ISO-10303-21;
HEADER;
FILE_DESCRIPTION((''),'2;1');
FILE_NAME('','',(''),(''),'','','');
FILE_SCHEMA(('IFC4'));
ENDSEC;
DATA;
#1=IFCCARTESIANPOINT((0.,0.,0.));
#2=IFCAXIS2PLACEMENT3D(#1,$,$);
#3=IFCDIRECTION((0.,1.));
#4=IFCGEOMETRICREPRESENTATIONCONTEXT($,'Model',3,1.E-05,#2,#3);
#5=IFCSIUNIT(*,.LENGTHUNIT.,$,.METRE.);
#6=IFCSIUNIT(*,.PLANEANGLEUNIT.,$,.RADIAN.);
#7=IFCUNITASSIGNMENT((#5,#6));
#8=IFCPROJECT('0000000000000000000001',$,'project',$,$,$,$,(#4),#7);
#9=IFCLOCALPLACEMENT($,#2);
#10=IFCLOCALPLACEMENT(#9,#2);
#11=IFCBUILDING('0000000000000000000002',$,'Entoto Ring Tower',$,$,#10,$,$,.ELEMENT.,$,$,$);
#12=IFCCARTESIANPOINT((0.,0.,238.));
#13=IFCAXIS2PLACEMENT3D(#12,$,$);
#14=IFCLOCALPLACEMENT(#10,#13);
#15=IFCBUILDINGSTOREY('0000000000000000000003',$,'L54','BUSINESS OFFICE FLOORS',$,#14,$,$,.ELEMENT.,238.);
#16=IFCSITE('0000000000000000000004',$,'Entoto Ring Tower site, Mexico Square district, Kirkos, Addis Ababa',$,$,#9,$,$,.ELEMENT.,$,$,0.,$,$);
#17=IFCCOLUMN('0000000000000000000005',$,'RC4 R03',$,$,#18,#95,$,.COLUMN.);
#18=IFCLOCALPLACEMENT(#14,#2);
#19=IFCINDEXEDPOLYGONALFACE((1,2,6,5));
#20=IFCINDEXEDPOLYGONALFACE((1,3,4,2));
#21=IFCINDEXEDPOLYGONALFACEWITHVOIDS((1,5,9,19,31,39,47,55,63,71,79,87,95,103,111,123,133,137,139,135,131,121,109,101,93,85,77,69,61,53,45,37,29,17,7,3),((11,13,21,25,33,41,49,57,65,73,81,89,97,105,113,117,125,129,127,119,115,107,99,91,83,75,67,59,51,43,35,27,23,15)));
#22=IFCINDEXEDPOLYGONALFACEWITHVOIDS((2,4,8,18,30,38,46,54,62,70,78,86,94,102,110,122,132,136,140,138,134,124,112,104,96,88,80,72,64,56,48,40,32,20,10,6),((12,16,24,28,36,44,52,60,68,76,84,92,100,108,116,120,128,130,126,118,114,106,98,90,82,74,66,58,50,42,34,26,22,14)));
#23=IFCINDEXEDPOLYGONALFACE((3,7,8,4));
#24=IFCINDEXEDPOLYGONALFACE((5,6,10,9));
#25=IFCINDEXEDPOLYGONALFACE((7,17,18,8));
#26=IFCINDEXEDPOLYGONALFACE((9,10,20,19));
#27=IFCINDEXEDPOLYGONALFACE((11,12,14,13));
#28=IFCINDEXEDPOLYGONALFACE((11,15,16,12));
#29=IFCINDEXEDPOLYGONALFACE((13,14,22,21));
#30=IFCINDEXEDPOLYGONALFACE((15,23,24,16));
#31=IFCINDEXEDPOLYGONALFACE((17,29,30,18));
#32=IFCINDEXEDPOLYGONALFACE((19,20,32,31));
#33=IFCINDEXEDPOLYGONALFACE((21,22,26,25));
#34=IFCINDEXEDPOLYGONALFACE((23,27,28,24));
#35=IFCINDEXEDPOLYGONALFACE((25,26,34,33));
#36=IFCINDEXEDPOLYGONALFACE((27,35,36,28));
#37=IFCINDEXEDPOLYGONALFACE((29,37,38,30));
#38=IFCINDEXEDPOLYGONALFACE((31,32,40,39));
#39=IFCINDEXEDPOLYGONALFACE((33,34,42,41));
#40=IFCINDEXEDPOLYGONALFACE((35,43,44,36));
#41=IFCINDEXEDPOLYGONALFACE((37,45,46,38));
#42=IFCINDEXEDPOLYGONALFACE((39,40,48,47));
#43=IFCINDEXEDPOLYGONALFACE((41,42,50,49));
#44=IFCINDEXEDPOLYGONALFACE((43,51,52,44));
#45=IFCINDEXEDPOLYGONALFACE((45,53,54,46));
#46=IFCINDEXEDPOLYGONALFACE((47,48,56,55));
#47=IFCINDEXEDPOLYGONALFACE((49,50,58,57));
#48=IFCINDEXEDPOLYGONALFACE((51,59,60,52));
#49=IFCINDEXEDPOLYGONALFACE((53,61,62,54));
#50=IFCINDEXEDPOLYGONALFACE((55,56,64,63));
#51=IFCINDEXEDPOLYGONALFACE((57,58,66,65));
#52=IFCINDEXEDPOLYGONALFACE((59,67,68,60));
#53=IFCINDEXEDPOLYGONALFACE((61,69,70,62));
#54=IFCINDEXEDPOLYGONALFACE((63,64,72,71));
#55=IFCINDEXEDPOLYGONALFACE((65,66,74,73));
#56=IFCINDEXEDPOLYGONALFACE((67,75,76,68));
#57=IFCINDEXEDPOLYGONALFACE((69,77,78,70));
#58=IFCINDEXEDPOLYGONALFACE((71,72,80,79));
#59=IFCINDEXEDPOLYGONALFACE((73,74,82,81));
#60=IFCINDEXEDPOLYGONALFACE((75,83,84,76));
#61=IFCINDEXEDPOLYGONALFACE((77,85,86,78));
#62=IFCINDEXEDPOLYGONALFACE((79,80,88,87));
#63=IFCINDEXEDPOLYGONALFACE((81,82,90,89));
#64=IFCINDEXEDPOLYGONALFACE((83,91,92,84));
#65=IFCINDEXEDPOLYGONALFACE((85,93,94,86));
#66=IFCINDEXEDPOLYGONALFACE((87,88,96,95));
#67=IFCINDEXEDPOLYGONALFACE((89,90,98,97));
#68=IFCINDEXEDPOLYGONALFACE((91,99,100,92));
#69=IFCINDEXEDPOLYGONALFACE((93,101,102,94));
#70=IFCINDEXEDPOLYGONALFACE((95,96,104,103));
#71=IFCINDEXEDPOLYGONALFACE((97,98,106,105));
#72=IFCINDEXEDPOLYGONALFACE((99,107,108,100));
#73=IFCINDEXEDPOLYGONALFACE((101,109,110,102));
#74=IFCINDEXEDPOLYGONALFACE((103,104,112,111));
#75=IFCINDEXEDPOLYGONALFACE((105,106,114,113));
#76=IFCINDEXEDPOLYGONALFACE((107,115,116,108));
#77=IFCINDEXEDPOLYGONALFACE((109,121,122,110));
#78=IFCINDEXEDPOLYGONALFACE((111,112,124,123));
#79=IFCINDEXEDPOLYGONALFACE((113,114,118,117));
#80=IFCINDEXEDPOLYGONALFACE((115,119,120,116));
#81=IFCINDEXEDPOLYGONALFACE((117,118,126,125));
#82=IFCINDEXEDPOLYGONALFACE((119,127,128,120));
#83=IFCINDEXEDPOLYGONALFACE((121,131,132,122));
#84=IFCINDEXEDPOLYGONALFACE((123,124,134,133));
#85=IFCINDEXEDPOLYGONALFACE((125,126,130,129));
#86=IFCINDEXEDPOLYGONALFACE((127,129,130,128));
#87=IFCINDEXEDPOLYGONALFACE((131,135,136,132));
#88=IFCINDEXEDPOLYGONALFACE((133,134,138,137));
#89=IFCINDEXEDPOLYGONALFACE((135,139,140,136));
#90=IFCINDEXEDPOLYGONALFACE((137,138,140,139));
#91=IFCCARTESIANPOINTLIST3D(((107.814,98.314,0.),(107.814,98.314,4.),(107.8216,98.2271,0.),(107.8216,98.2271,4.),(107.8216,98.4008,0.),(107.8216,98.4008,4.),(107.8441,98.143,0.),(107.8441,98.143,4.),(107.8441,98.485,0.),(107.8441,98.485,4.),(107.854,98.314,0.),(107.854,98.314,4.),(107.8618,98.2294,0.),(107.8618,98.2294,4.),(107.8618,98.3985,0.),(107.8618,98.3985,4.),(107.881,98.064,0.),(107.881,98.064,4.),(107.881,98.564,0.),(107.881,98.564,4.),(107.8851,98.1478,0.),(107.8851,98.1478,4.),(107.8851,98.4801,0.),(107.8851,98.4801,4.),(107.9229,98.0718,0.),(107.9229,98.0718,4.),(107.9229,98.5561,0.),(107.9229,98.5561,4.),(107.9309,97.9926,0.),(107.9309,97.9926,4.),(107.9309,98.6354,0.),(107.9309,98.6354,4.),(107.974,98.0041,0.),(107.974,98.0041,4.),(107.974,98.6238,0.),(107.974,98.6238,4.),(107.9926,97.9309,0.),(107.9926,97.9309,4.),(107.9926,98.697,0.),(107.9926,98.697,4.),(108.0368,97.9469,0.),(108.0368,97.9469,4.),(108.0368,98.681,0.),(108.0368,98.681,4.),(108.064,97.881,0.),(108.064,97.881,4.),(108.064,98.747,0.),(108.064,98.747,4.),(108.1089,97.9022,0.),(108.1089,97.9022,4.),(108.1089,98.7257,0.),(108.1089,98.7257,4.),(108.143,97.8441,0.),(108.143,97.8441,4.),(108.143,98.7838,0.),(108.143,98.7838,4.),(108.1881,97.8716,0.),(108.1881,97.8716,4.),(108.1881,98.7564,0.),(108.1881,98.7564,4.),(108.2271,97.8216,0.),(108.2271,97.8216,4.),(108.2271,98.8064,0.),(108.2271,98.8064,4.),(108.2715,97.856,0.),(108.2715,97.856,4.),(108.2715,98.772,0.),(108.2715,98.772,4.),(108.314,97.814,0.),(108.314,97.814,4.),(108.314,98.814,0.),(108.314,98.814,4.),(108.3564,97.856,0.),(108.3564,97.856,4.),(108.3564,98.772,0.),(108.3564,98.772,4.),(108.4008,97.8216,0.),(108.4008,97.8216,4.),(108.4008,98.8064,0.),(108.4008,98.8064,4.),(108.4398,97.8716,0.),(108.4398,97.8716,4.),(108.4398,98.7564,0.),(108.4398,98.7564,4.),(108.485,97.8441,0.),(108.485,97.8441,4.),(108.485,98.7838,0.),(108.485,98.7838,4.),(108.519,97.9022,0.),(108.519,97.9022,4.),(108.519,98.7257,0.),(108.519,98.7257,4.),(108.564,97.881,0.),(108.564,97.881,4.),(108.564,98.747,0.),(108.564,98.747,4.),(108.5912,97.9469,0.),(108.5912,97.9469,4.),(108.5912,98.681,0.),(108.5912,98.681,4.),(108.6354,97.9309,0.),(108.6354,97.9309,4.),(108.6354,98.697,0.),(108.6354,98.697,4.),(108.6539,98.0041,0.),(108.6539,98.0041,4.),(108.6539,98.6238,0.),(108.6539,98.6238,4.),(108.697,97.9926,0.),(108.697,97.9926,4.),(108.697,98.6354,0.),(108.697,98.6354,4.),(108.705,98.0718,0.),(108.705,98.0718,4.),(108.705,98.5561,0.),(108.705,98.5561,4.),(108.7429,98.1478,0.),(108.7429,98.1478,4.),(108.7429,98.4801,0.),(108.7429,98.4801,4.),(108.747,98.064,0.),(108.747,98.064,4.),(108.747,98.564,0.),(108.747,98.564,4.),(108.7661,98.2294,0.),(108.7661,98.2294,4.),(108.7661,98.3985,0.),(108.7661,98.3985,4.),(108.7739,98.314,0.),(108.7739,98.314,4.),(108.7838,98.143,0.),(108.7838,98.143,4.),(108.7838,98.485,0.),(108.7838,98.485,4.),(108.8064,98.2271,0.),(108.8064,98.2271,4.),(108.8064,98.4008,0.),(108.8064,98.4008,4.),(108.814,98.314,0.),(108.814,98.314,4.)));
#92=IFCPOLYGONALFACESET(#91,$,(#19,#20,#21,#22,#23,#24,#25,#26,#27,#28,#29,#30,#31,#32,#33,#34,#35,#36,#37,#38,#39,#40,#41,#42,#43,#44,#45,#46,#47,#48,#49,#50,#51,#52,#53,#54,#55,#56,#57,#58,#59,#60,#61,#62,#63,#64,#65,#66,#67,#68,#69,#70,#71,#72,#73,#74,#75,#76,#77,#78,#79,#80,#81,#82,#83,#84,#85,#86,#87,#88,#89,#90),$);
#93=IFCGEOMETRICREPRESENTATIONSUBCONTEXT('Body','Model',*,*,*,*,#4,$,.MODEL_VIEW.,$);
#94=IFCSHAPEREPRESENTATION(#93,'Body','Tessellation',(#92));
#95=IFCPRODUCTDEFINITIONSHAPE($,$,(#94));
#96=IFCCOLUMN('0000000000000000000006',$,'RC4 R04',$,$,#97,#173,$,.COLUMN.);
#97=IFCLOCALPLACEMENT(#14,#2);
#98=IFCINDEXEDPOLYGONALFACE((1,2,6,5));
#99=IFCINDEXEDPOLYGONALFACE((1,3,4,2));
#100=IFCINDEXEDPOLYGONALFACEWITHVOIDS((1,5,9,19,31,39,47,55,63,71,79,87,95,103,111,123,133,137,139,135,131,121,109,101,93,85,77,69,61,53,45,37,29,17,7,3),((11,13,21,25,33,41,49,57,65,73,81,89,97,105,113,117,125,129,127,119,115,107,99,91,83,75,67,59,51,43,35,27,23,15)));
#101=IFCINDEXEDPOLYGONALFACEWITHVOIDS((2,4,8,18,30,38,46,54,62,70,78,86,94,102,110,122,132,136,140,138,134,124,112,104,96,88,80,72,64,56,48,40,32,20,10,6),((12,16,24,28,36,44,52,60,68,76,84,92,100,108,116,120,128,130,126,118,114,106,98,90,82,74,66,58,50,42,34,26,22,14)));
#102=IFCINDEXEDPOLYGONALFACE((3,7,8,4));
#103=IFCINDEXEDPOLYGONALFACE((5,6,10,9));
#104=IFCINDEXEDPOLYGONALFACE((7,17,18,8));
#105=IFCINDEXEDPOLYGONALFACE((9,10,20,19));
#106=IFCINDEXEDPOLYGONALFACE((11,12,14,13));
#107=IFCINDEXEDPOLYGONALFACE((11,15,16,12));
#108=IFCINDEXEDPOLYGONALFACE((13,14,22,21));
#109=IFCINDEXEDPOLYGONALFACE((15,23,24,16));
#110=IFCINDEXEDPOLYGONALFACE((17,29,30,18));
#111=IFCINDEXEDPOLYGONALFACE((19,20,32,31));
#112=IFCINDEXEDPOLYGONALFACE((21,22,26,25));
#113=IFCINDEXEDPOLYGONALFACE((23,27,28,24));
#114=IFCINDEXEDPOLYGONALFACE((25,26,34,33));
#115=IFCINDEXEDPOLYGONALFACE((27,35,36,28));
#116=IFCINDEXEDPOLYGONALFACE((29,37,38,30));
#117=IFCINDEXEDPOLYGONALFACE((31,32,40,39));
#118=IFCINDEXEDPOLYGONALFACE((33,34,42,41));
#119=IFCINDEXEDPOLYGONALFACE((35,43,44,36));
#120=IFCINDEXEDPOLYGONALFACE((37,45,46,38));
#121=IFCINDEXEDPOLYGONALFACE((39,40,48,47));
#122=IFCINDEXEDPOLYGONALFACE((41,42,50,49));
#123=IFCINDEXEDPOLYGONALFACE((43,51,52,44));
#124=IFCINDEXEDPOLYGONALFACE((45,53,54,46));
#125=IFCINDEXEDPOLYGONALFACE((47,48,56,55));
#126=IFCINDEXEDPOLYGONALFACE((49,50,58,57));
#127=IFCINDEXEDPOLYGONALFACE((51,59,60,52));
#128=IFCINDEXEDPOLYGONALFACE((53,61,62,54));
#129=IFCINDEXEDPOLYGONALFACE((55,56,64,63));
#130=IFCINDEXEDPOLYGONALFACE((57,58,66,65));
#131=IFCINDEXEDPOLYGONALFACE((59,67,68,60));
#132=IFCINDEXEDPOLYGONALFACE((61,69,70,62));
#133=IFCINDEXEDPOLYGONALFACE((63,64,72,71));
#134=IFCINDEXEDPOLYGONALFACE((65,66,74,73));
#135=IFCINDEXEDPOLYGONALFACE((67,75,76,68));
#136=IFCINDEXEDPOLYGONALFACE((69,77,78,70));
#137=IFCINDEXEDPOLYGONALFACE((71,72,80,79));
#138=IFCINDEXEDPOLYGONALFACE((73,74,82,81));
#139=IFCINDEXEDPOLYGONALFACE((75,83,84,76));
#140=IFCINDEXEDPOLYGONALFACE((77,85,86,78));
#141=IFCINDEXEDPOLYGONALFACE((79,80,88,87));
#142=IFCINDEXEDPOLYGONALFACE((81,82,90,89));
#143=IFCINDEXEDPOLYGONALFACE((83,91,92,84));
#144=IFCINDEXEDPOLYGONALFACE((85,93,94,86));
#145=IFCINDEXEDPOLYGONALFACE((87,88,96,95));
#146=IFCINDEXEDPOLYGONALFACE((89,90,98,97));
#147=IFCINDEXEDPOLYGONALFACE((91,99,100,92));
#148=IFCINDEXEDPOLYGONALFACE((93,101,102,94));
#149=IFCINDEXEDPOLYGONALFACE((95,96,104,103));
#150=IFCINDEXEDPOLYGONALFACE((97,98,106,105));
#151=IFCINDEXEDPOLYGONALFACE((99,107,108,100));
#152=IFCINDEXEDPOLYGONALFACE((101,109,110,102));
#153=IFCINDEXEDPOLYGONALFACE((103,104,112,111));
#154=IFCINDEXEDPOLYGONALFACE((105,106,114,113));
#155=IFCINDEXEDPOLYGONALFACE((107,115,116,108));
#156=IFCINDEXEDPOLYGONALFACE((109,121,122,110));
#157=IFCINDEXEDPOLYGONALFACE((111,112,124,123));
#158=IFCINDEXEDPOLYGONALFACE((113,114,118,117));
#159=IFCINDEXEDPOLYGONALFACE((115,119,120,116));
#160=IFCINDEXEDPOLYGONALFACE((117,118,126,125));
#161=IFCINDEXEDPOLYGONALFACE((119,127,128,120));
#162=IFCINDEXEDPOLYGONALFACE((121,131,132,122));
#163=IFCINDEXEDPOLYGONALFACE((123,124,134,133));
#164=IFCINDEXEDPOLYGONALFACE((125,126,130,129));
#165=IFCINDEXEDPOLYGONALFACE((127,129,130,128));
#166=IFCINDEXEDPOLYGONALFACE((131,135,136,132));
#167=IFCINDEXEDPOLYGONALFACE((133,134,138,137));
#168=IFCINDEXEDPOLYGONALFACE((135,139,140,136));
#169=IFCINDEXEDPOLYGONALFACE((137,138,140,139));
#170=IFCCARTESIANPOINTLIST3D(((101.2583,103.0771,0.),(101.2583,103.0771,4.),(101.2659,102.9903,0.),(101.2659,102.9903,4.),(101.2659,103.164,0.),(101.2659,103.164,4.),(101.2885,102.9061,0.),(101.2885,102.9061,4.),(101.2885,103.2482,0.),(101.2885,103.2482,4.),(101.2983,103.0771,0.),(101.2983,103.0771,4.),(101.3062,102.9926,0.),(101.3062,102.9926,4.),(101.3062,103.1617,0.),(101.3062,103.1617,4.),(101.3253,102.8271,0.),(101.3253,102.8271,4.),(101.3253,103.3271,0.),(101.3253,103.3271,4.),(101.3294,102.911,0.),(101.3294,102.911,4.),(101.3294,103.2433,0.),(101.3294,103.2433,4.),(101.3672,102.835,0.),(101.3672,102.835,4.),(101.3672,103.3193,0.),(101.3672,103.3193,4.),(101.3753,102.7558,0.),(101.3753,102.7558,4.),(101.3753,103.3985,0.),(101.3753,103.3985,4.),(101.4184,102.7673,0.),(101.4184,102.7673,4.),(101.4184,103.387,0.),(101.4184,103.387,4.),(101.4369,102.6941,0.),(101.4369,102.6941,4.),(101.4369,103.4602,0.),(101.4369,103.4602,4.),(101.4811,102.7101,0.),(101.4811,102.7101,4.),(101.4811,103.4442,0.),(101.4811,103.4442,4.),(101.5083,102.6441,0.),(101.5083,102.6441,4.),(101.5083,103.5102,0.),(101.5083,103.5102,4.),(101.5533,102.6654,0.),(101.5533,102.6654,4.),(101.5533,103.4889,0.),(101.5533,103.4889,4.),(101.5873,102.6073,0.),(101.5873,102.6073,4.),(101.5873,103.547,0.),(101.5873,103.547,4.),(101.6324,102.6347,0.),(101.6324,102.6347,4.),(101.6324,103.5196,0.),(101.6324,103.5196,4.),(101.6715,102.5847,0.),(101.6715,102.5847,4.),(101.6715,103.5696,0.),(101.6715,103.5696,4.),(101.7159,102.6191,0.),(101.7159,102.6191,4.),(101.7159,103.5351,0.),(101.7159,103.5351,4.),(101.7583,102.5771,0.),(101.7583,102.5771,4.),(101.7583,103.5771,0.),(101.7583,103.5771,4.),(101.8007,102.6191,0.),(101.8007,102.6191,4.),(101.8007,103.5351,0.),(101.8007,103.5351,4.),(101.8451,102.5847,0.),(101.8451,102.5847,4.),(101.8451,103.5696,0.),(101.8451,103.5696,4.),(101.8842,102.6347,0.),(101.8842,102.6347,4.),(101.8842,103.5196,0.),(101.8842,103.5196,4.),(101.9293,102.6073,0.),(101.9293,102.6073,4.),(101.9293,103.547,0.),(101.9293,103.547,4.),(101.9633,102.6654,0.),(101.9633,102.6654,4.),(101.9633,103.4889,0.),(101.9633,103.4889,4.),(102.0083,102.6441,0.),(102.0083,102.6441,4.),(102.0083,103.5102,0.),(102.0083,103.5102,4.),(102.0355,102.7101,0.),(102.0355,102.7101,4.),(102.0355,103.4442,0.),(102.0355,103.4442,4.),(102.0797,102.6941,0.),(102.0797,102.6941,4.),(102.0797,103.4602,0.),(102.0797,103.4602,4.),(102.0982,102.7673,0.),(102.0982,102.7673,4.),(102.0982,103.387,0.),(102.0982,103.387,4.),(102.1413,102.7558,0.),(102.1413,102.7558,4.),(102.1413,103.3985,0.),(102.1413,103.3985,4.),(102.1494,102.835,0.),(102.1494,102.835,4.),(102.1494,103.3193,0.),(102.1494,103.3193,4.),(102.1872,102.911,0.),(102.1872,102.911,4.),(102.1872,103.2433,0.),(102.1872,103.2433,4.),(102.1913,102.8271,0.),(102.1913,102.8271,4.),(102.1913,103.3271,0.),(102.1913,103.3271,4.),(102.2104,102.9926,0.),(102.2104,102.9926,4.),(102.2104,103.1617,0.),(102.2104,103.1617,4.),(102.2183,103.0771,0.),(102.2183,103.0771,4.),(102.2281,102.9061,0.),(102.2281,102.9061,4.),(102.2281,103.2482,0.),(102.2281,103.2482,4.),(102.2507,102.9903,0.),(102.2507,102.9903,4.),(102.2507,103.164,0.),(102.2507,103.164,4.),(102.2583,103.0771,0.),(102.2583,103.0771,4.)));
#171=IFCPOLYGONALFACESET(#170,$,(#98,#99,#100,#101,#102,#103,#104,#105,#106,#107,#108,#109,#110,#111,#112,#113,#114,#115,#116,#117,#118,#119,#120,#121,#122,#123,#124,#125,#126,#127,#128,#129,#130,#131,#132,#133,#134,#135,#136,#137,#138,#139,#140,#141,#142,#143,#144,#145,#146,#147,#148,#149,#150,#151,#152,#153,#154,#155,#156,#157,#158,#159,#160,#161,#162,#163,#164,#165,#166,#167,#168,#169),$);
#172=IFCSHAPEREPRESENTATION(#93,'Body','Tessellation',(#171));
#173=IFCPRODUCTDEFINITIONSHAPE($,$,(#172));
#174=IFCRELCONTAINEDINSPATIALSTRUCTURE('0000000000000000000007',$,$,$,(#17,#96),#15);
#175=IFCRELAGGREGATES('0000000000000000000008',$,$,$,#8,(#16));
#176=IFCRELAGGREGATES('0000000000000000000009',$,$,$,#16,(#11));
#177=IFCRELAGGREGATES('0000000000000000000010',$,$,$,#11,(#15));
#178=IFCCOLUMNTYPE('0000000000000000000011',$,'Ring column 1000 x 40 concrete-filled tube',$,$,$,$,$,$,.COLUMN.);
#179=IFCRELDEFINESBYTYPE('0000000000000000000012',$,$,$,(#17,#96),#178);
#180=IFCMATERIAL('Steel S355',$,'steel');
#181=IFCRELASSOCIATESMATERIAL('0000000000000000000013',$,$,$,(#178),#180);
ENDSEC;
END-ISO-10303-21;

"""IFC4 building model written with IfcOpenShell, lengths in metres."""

from ifc_helpers import new_model, si_unit, direction, frame, origin, origin_2d, place, context, subcontext, project, spatial, circle, hollow_circle, extrude, material, material_profile, profile_set, type_object, element, save


model = new_model("IFC4")

# Units and contexts
model_context = context("Model", 3, precision=1e-05, world=origin(), true_north=direction((0.0, 1.0)))
body_context = subcontext(model_context, "Body", "Model", "MODEL_VIEW")
ifc_project = project(units=[si_unit("LENGTHUNIT", "METRE"), si_unit("PLANEANGLEUNIT", "RADIAN")], contexts=[model_context])

# Site, building, storey
site_placement = place(None, origin())
site = spatial("IfcSite", under=ifc_project, at=site_placement, Name="Entoto Ring Tower site, Mexico Square district, Kirkos, Addis Ababa", CompositionType="ELEMENT", RefElevation=0.0)
building_placement = place(site_placement, origin())
building = spatial("IfcBuilding", under=site, at=building_placement, Name="Entoto Ring Tower", CompositionType="ELEMENT")
storey_placement = place(building_placement, frame((0.0, 0.0, 238.0)))
storey = spatial("IfcBuildingStorey", under=building, at=storey_placement, Name="L54", Description="BUSINESS OFFICE FLOORS", CompositionType="ELEMENT", Elevation=238.0)

# Columns
ifc_material_1 = material(Name="Steel S355", Category="steel")
ifc_material_profile_1 = material_profile(ifc_material_1, hollow_circle(Radius=0.5, WallThickness=0.04, at=origin_2d()), Name="CHS 1000 x 40")
ifc_material_2 = material(Name="Concrete C60/75", Category="concrete")
ifc_material_profile_2 = material_profile(ifc_material_2, circle(Radius=0.46, at=origin_2d()), Name="Concrete C60/75 infill")
ifc_profile_set_1 = profile_set([ifc_material_profile_1, ifc_material_profile_2], Name="Steel S355")
column_type = type_object("IfcColumnType", Name="Ring column 1000 x 40 concrete-filled tube", PredefinedType="COLUMN", material=ifc_profile_set_1)
for number, where, z_axis, x_axis, name in (
    (1, (108.314, 98.314, 0.0), (0.0, 0.0, 1.0), (1.0, 0.0, 0.0), "RC4 R03"),
    (2, (101.7583, 103.0771, 0.0), (0.0, 0.0, 1.0), (1.0, 0.0, 0.0), "RC4 R04"),
):
    element("IfcColumn", number, at=place(storey_placement, frame(where, z_axis=z_axis, x_axis=x_axis)), inside=storey, type_object=column_type, Name=name, PredefinedType="COLUMN", context=body_context, shape_type="SweptSolid", body=[
        extrude(hollow_circle(Radius=0.5, WallThickness=0.04, at=origin_2d()), origin(), (0.0, 0.0, 1.0), 4.0),
    ])

save(model, "model.ifc")
